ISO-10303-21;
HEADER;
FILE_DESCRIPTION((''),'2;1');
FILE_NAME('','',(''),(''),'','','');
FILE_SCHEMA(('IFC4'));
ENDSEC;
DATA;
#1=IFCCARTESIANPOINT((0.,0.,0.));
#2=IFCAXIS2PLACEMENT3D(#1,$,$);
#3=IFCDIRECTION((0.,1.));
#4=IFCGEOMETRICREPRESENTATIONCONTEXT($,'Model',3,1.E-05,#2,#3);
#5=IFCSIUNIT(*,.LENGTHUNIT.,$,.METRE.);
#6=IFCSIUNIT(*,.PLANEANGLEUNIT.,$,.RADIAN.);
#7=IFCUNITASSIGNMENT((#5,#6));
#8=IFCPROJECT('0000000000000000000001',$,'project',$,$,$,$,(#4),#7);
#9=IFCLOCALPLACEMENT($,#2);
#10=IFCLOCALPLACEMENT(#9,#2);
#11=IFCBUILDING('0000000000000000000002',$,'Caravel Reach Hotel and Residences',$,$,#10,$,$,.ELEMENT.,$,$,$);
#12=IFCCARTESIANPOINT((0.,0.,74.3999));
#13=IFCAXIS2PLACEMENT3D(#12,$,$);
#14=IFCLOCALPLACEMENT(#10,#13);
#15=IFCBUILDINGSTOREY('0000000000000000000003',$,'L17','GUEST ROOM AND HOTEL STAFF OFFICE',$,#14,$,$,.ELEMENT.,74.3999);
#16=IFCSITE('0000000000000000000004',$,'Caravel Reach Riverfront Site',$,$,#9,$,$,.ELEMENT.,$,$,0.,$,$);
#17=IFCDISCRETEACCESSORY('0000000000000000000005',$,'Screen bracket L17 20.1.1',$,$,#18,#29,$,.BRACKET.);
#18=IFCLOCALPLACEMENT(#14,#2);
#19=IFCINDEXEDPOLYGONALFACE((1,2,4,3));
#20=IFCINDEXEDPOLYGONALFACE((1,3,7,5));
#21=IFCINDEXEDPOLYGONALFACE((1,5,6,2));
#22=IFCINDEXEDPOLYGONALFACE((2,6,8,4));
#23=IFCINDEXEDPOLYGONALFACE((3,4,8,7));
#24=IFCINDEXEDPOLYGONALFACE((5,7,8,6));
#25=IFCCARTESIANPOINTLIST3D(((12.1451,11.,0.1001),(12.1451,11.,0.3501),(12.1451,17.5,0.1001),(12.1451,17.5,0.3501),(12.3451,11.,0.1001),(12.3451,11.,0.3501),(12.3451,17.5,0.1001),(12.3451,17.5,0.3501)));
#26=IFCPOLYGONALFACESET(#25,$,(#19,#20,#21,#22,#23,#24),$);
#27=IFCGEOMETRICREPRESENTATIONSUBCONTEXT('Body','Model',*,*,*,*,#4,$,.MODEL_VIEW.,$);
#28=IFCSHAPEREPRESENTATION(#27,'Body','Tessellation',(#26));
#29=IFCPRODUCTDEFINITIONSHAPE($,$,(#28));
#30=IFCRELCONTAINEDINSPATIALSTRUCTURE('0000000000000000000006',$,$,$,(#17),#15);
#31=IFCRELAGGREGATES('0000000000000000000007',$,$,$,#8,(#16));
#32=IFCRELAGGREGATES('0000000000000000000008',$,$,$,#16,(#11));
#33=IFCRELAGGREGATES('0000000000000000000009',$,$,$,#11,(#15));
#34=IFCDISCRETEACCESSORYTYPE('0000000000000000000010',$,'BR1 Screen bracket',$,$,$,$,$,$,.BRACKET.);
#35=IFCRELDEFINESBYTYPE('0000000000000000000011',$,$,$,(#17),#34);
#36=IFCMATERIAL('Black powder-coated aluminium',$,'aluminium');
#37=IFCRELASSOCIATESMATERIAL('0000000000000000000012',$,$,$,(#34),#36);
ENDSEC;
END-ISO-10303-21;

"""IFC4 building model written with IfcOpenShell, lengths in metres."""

from ifc_helpers import new_model, si_unit, direction, frame, origin, origin_2d, place, context, subcontext, project, spatial, rectangle, extrude, material, type_object, element, save


model = new_model("IFC4")

# Units and contexts
model_context = context("Model", 3, precision=1e-05, world=origin(), true_north=direction((0.0, 1.0)))
body_context = subcontext(model_context, "Body", "Model", "MODEL_VIEW")
ifc_project = project(units=[si_unit("LENGTHUNIT", "METRE"), si_unit("PLANEANGLEUNIT", "RADIAN")], contexts=[model_context])

# Site, building, storey
site_placement = place(None, origin())
site = spatial("IfcSite", under=ifc_project, at=site_placement, Name="Caravel Reach Riverfront Site", CompositionType="ELEMENT", RefElevation=0.0)
building_placement = place(site_placement, origin())
building = spatial("IfcBuilding", under=site, at=building_placement, Name="Caravel Reach Hotel and Residences", CompositionType="ELEMENT")
storey_placement = place(building_placement, frame((0.0, 0.0, 74.3999)))
storey = spatial("IfcBuildingStorey", under=building, at=storey_placement, Name="L17", Description="GUEST ROOM AND HOTEL STAFF OFFICE", CompositionType="ELEMENT", Elevation=74.3999)

# Discrete accessory
ifc_material_1 = material(Name="Black powder-coated aluminium", Category="aluminium")
discrete_accessory_type = type_object("IfcDiscreteAccessoryType", Name="BR1 Screen bracket", PredefinedType="BRACKET", material=ifc_material_1)
for number, where, z_axis, x_axis, name in (
    (1, (12.2451, 14.25, 0.1001), (0.0, 0.0, 1.0), (0.0, -1.0, 0.0), "Screen bracket L17 20.1.1"),
):
    element("IfcDiscreteAccessory", number, at=place(storey_placement, frame(where, z_axis=z_axis, x_axis=x_axis)), inside=storey, type_object=discrete_accessory_type, Name=name, PredefinedType="BRACKET", context=body_context, shape_type="SweptSolid", body=[
        extrude(rectangle(XDim=6.5, YDim=0.2, at=origin_2d()), origin(), (0.0, 0.0, 1.0), 0.25),
    ])

save(model, "model.ifc")
